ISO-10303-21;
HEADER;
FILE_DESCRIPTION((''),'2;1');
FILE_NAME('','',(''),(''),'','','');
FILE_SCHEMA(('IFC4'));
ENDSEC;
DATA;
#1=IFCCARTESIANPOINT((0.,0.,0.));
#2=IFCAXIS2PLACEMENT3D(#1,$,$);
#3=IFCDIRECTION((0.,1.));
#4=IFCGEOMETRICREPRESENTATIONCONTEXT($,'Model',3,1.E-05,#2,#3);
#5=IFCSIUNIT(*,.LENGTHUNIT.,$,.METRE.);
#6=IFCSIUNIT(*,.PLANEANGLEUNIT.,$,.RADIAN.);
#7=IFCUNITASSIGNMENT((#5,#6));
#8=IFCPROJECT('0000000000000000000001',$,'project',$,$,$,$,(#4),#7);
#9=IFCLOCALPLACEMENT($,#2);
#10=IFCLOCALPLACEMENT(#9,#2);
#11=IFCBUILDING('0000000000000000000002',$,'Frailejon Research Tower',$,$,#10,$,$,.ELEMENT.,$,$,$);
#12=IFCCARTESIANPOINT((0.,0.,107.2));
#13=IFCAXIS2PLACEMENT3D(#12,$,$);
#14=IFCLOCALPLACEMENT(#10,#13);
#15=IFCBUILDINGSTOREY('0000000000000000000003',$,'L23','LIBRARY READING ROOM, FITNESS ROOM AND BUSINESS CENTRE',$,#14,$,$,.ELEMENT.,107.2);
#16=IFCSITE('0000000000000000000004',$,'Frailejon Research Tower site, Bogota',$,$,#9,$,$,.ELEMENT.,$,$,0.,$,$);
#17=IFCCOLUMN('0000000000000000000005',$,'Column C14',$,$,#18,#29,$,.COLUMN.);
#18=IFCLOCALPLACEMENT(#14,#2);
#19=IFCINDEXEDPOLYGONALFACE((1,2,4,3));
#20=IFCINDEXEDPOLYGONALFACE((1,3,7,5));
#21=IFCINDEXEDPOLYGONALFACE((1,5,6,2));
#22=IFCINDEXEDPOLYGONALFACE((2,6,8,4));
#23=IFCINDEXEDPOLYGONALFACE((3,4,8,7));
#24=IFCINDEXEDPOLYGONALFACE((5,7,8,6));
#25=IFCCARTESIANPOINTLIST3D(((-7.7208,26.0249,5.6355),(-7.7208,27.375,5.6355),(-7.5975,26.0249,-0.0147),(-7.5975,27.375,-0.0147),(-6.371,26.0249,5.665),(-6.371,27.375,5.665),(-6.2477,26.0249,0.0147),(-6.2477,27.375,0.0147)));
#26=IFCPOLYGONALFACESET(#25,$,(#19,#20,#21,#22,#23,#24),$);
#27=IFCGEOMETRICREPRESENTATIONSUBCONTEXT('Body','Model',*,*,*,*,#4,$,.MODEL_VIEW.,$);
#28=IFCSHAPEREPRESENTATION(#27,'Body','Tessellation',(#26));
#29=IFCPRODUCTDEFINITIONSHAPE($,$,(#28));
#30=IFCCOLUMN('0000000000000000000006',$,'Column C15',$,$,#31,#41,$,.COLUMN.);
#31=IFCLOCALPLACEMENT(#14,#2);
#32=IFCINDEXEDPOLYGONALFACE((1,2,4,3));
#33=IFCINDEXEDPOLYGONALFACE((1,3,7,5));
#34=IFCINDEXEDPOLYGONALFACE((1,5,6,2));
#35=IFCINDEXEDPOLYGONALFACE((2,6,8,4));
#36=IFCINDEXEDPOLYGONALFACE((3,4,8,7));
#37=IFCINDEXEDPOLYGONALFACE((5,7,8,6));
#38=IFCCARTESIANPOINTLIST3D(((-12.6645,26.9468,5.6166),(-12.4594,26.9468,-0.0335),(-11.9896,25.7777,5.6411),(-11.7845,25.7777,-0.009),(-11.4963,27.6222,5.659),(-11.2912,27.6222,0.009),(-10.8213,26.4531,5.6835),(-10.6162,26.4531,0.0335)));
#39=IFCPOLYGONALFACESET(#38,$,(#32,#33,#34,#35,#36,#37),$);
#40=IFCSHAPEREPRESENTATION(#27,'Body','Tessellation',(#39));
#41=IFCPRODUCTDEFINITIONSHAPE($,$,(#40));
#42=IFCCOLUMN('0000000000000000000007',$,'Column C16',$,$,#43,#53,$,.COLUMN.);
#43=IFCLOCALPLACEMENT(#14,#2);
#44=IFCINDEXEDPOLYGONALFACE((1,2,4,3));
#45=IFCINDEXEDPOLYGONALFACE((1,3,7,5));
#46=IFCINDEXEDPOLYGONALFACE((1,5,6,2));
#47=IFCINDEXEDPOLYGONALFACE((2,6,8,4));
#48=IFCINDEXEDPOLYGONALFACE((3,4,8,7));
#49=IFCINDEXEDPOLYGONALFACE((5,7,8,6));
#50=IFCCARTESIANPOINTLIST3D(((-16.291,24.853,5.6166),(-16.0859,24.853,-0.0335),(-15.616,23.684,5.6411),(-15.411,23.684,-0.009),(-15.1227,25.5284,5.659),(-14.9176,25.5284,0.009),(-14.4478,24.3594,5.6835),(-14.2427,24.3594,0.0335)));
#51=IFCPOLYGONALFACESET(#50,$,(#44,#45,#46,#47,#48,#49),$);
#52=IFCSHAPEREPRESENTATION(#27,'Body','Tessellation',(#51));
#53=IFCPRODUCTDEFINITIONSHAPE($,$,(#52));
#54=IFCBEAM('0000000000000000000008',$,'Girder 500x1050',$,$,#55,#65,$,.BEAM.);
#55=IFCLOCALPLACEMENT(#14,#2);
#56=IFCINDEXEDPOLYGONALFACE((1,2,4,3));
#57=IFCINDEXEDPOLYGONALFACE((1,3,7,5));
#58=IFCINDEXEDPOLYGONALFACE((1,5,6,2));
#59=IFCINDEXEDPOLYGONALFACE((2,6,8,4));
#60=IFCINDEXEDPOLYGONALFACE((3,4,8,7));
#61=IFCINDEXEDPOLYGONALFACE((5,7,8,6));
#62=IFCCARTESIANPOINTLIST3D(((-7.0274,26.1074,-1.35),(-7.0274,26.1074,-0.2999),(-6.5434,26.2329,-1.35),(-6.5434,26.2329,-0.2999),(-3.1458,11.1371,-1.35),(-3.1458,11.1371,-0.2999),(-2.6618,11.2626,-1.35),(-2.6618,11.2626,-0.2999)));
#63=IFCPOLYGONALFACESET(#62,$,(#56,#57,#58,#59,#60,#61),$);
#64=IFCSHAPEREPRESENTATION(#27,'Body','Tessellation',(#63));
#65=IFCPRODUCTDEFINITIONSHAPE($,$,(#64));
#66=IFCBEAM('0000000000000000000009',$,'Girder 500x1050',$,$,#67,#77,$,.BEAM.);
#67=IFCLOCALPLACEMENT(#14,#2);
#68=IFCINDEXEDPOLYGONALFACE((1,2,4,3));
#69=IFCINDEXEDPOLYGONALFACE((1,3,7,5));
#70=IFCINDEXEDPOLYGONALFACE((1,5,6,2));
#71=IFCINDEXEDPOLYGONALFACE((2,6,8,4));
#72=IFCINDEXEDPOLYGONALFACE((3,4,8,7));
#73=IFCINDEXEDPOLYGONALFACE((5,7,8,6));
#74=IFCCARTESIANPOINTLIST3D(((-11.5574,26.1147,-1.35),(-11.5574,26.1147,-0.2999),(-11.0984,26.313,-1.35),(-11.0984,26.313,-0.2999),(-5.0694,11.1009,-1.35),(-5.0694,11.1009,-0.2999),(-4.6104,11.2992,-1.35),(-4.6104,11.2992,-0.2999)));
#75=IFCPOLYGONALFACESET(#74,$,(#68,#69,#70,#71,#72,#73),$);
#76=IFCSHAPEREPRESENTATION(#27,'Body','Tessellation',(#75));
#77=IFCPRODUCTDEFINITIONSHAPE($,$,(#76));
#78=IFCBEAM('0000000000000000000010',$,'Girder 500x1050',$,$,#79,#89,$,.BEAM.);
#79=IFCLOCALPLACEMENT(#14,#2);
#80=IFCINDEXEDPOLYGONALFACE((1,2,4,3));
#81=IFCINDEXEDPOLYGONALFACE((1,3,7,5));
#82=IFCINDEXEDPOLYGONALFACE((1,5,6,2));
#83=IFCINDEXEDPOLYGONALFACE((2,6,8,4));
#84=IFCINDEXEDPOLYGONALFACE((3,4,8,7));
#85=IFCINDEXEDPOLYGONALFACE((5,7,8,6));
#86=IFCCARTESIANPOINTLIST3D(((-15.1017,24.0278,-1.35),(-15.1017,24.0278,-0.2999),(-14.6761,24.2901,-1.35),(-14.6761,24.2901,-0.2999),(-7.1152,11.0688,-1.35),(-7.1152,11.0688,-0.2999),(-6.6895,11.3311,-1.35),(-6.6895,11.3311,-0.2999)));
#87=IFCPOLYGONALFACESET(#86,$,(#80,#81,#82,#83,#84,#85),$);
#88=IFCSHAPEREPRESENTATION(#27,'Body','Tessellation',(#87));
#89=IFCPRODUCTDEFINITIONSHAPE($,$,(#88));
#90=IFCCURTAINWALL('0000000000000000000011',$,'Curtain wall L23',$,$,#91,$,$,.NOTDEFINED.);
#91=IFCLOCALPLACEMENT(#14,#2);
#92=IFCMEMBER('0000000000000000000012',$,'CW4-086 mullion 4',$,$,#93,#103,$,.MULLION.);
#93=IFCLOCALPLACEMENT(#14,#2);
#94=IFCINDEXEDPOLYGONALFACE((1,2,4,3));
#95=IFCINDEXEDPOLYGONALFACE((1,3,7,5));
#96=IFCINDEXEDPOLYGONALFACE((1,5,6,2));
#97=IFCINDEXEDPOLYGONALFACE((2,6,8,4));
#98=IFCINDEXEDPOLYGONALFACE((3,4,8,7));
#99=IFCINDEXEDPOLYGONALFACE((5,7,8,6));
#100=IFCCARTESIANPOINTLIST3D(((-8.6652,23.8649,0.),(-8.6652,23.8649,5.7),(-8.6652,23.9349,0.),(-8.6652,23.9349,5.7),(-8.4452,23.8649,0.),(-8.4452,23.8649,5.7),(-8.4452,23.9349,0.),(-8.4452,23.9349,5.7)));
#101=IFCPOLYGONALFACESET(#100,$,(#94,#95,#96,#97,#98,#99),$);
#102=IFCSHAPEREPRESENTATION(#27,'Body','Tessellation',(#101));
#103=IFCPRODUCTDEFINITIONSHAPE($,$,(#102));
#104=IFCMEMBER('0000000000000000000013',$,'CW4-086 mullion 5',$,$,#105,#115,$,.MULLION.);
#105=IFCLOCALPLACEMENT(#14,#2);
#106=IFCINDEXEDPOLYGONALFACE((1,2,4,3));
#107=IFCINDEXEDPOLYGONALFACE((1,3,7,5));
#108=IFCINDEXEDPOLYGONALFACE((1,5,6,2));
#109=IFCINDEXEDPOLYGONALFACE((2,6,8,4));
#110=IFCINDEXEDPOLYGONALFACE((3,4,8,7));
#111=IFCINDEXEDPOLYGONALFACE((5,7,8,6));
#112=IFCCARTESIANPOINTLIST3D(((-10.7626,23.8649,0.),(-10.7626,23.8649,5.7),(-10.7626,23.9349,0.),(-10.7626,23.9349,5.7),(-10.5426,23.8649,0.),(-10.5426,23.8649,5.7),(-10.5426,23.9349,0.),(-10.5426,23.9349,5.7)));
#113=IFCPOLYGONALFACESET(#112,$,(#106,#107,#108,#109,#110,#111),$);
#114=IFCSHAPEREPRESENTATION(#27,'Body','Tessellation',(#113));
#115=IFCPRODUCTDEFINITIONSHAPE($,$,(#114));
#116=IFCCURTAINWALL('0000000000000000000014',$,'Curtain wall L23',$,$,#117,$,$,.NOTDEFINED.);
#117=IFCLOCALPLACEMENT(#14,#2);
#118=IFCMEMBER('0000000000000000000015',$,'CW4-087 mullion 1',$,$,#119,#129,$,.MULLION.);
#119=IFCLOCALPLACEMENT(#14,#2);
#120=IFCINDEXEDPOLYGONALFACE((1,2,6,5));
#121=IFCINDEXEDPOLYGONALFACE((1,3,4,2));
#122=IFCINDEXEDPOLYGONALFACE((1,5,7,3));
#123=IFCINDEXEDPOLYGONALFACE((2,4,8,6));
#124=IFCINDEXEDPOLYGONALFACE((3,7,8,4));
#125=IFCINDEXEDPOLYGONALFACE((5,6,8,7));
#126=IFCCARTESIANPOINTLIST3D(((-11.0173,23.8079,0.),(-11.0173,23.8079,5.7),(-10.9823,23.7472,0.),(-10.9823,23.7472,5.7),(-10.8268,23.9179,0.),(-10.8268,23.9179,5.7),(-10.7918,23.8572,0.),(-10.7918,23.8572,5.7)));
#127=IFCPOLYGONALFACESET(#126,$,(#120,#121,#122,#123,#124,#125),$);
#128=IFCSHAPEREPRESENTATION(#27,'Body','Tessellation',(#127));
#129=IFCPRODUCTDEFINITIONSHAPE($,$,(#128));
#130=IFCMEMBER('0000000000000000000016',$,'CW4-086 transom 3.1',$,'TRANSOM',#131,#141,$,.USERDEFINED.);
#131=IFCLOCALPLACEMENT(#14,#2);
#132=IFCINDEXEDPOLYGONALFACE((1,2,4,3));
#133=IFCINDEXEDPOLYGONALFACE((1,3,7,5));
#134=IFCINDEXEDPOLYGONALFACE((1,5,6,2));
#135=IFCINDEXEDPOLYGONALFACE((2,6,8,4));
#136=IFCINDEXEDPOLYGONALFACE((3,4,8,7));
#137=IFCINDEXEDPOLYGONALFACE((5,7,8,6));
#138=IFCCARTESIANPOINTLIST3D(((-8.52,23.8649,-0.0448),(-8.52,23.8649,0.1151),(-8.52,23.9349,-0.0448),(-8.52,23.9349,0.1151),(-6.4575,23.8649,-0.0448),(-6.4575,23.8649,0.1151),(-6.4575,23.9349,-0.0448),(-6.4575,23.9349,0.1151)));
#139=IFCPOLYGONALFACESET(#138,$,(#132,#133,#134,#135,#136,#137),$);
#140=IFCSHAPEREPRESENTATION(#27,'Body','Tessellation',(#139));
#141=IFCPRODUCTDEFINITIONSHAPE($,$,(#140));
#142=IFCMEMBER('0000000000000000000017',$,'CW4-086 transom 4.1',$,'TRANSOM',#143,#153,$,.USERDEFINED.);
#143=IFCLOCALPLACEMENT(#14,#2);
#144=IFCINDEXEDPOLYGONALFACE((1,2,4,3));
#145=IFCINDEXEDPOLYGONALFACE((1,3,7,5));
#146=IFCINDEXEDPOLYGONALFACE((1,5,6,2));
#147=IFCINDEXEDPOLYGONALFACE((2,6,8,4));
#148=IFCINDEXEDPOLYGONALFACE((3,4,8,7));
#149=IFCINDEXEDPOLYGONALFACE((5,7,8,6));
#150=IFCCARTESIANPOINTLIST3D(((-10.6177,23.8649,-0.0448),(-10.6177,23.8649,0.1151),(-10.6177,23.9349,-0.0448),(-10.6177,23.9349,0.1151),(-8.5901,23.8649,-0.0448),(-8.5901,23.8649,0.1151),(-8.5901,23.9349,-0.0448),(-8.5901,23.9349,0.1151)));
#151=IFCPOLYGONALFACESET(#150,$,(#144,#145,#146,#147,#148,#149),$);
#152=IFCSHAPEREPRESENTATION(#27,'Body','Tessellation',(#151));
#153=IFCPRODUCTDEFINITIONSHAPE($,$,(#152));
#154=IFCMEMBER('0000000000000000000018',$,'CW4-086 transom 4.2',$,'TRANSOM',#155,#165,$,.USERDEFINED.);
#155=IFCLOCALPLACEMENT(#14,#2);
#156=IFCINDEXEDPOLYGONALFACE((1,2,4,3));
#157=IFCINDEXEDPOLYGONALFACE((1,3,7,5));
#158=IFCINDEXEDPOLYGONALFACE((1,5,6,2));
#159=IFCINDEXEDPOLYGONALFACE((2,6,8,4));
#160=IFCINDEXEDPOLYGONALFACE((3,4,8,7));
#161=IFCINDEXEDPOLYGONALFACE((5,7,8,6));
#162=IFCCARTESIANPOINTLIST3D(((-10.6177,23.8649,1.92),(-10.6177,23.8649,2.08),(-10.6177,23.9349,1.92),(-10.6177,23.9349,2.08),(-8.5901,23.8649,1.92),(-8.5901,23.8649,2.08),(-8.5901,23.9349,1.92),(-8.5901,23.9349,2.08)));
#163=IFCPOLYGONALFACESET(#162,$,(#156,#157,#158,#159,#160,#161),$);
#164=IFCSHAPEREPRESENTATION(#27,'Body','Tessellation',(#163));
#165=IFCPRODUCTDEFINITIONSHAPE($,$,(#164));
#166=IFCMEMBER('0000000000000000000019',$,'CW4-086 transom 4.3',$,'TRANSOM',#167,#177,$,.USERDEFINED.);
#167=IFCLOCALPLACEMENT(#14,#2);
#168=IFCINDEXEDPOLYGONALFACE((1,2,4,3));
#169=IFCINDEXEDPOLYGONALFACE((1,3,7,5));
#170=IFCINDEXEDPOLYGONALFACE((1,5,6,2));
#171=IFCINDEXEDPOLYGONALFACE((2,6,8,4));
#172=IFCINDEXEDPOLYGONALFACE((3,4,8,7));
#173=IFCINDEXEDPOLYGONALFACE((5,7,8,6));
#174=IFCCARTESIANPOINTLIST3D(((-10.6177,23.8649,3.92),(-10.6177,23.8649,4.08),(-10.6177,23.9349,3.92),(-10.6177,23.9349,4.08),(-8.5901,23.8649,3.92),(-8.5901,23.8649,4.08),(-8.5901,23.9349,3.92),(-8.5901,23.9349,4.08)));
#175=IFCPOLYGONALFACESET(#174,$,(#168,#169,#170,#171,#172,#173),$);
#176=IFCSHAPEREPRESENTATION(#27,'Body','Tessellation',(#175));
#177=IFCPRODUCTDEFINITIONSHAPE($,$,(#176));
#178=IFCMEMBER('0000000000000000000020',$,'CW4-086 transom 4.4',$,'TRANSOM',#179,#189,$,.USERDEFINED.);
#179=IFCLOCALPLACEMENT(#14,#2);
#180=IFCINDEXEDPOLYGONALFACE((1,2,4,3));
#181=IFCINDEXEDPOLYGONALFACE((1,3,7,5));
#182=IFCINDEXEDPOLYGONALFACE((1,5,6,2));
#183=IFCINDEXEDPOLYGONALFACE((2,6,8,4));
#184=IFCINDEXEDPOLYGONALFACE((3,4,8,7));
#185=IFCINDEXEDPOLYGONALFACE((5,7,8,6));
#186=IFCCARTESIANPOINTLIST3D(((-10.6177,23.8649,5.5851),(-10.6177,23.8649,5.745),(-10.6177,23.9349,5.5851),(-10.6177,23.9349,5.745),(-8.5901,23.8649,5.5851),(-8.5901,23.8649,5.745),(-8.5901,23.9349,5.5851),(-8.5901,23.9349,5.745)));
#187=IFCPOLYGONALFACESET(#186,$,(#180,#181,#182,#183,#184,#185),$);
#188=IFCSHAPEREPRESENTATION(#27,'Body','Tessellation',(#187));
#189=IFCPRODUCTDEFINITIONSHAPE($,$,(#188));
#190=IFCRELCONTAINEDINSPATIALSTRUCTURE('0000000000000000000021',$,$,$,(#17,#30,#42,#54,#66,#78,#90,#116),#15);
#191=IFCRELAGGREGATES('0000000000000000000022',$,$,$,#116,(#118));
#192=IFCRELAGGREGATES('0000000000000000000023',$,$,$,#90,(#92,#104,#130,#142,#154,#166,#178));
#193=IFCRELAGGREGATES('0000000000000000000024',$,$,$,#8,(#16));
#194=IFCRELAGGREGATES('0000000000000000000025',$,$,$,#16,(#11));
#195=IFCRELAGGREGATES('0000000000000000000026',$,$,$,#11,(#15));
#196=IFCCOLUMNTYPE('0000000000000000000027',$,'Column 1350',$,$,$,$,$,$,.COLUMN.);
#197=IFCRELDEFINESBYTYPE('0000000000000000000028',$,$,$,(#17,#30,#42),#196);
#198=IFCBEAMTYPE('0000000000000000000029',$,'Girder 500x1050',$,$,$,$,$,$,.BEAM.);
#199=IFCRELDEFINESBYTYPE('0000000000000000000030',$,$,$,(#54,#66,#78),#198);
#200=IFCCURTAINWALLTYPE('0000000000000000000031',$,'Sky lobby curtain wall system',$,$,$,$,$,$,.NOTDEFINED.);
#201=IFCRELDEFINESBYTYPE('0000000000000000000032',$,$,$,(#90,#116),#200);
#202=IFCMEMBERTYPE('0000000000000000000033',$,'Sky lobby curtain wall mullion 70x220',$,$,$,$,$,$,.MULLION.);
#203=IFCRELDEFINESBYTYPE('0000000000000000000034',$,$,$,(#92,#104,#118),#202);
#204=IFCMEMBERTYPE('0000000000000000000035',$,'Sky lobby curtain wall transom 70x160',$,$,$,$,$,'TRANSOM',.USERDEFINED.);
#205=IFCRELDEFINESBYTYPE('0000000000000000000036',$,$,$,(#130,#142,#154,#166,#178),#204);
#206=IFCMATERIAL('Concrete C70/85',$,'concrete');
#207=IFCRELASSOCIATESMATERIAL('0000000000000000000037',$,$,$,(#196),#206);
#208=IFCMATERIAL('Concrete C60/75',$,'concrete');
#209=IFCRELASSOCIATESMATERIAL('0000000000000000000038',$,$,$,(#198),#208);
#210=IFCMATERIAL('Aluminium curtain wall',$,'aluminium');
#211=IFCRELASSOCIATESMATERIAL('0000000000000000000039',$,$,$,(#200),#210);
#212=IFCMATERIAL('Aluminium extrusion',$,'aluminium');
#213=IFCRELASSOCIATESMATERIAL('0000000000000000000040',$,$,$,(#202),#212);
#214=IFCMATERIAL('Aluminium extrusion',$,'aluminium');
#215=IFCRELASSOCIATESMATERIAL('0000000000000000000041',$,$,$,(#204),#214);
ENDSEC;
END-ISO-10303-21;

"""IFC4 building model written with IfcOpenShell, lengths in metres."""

from ifc_helpers import new_model, si_unit, direction, frame, origin, origin_2d, place, context, subcontext, project, spatial, rectangle, extrude, material, material_profile, profile_set, type_object, element, aggregate, save


model = new_model("IFC4")

# Units and contexts
model_context = context("Model", 3, precision=1e-05, world=origin(), true_north=direction((0.0, 1.0)))
body_context = subcontext(model_context, "Body", "Model", "MODEL_VIEW")
ifc_project = project(units=[si_unit("LENGTHUNIT", "METRE"), si_unit("PLANEANGLEUNIT", "RADIAN")], contexts=[model_context])

# Site, building, storey
site_placement = place(None, origin())
site = spatial("IfcSite", under=ifc_project, at=site_placement, Name="Frailejon Research Tower site, Bogota", CompositionType="ELEMENT", RefElevation=0.0)
building_placement = place(site_placement, origin())
building = spatial("IfcBuilding", under=site, at=building_placement, Name="Frailejon Research Tower", CompositionType="ELEMENT")
storey_placement = place(building_placement, frame((0.0, 0.0, 107.2)))
storey = spatial("IfcBuildingStorey", under=building, at=storey_placement, Name="L23", Description="LIBRARY READING ROOM, FITNESS ROOM AND BUSINESS CENTRE", CompositionType="ELEMENT", Elevation=107.2)

# Columns
ifc_material_1 = material(Name="Concrete C70/85", Category="concrete")
ifc_material_profile_1 = material_profile(ifc_material_1, rectangle(XDim=1.3501, YDim=1.3501, at=origin_2d()), Name="Column 1350")
ifc_profile_set_1 = profile_set([ifc_material_profile_1], Name="Concrete C70/85")
column_type = type_object("IfcColumnType", Name="Column 1350", PredefinedType="COLUMN", material=ifc_profile_set_1)
column_placement = place(storey_placement, frame((-6.9226, 26.7, 0.0), z_axis=(-0.021816, 0.0, 0.999762), x_axis=(-0.999762, 0.0, -0.021816)))
element("IfcColumn", 1, at=column_placement, inside=storey, type_object=column_type, Name="Column C14", PredefinedType="COLUMN", context=body_context, shape_type="SweptSolid", body=[
    extrude(rectangle(XDim=1.3501, YDim=1.3501, at=origin_2d()), origin(), (0.0, 0.0, 1.0), 5.6516),
])
for number, where, z_axis, x_axis, name in (
    (2, (-11.5378, 26.7, 0.0), (-0.036272, 0.0, 0.999342), (-0.865313, -0.500246, -0.031407), "Column C15"),
    (3, (-15.1643, 24.6062, 0.0), (-0.036272, 0.0, 0.999342), (-0.865313, -0.500246, -0.031407), "Column C16"),
):
    element("IfcColumn", number, at=place(storey_placement, frame(where, z_axis=z_axis, x_axis=x_axis)), inside=storey, type_object=column_type, Name=name, PredefinedType="COLUMN", context=body_context, shape_type="SweptSolid", body=[
        extrude(rectangle(XDim=1.3501, YDim=1.3501, at=origin_2d()), origin(), (0.0, 0.0, 1.0), 5.6538),
    ])

# Beams
ifc_material_2 = material(Name="Concrete C60/75", Category="concrete")
ifc_material_profile_2 = material_profile(ifc_material_2, rectangle(XDim=0.5, YDim=1.05, at=origin_2d()), Name="Girder 500x1050")
ifc_profile_set_2 = profile_set([ifc_material_profile_2], Name="Concrete C60/75")
beam_type_1 = type_object("IfcBeamType", Name="Girder 500x1050", PredefinedType="BEAM", material=ifc_profile_set_2)
beam_1_placement = place(storey_placement, frame((-6.7854, 26.1702, -0.825), z_axis=(0.250988, -0.96799, 0.0), x_axis=(0.96799, 0.250988, 0.0)))
element("IfcBeam", 4, at=beam_1_placement, inside=storey, type_object=beam_type_1, Name="Girder 500x1050", PredefinedType="BEAM", context=body_context, shape_type="SweptSolid", body=[
    extrude(rectangle(XDim=0.5, YDim=1.05, at=origin_2d()), origin(), (0.0, 0.0, 1.0), 15.4653),
])
beam_2_placement = place(storey_placement, frame((-11.3279, 26.2139, -0.825), z_axis=(0.396681, -0.917957, 0.0), x_axis=(0.917957, 0.396681, 0.0)))
element("IfcBeam", 5, at=beam_2_placement, inside=storey, type_object=beam_type_1, Name="Girder 500x1050", PredefinedType="BEAM", context=body_context, shape_type="SweptSolid", body=[
    extrude(rectangle(XDim=0.5, YDim=1.05, at=origin_2d()), origin(), (0.0, 0.0, 1.0), 16.3557),
])
beam_3_placement = place(storey_placement, frame((-14.8889, 24.1589, -0.825), z_axis=(0.52466, -0.851312, 0.0), x_axis=(0.851312, 0.52466, 0.0)))
element("IfcBeam", 6, at=beam_3_placement, inside=storey, type_object=beam_type_1, Name="Girder 500x1050", PredefinedType="BEAM", context=body_context, shape_type="SweptSolid", body=[
    extrude(rectangle(XDim=0.5, YDim=1.05, at=origin_2d()), origin(), (0.0, 0.0, 1.0), 15.2224),
])

# Curtain wall, members
ifc_material_3 = material(Name="Aluminium curtain wall", Category="aluminium")
curtain_wall_type = type_object("IfcCurtainWallType", Name="Sky lobby curtain wall system", PredefinedType="NOTDEFINED", material=ifc_material_3)
curtain_wall_1_placement = place(storey_placement, origin())
curtain_wall_1 = element("IfcCurtainWall", 7, at=curtain_wall_1_placement, inside=storey, type_object=curtain_wall_type, Name="Curtain wall L23", PredefinedType="NOTDEFINED")
ifc_material_4 = material(Name="Aluminium extrusion", Category="aluminium")
ifc_material_profile_3 = material_profile(ifc_material_4, rectangle(XDim=0.0701, YDim=0.22, at=origin_2d()), Name="Sky lobby curtain wall mullion 70x220")
ifc_profile_set_3 = profile_set([ifc_material_profile_3], Name="Aluminium extrusion")
member_type_1 = type_object("IfcMemberType", Name="Sky lobby curtain wall mullion 70x220", PredefinedType="MULLION", material=ifc_profile_set_3)
member_1_placement = place(storey_placement, frame((-8.5552, 23.8999, 0.0), z_axis=(0.0, 0.0, 1.0), x_axis=(0.0, -1.0, 0.0)))
member_1 = element("IfcMember", 8, at=member_1_placement, type_object=member_type_1, Name="CW4-086 mullion 4", PredefinedType="MULLION", context=body_context, shape_type="SweptSolid", body=[
    extrude(rectangle(XDim=0.0701, YDim=0.22, at=origin_2d()), origin(), (0.0, 0.0, 1.0), 5.7),
])
member_2_placement = place(storey_placement, frame((-10.6526, 23.8999, 0.0), z_axis=(0.0, 0.0, 1.0), x_axis=(0.0, -1.0, 0.0)))
member_2 = element("IfcMember", 9, at=member_2_placement, type_object=member_type_1, Name="CW4-086 mullion 5", PredefinedType="MULLION", context=body_context, shape_type="SweptSolid", body=[
    extrude(rectangle(XDim=0.0701, YDim=0.22, at=origin_2d()), origin(), (0.0, 0.0, 1.0), 5.7),
])

# Curtain wall, member
curtain_wall_2_placement = place(storey_placement, origin())
curtain_wall_2 = element("IfcCurtainWall", 10, at=curtain_wall_2_placement, inside=storey, type_object=curtain_wall_type, Name="Curtain wall L23", PredefinedType="NOTDEFINED")
member_3_placement = place(storey_placement, frame((-10.9045, 23.8325, 0.0), z_axis=(0.0, 0.0, 1.0), x_axis=(0.499998, -0.866026, 0.0)))
member_3 = element("IfcMember", 11, at=member_3_placement, type_object=member_type_1, Name="CW4-087 mullion 1", PredefinedType="MULLION", context=body_context, shape_type="SweptSolid", body=[
    extrude(rectangle(XDim=0.0701, YDim=0.22, at=origin_2d()), origin(), (0.0, 0.0, 1.0), 5.7),
])
aggregate(curtain_wall_2, [member_3])

# Members
ifc_material_5 = material(Name="Aluminium extrusion", Category="aluminium")
ifc_material_profile_4 = material_profile(ifc_material_5, rectangle(XDim=0.0701, YDim=0.1599, at=origin_2d()), Name="Sky lobby curtain wall transom 70x160")
ifc_profile_set_4 = profile_set([ifc_material_profile_4], Name="Aluminium extrusion")
member_type_2 = type_object("IfcMemberType", Name="Sky lobby curtain wall transom 70x160", ElementType="TRANSOM", PredefinedType="USERDEFINED", material=ifc_profile_set_4)
member_4_placement = place(storey_placement, frame((-6.4575, 23.8999, 0.0352), z_axis=(-1.0, 0.0, 0.0), x_axis=(0.0, -1.0, 0.0)))
member_4 = element("IfcMember", 12, at=member_4_placement, type_object=member_type_2, Name="CW4-086 transom 3.1", ObjectType="TRANSOM", PredefinedType="USERDEFINED", context=body_context, shape_type="SweptSolid", body=[
    extrude(rectangle(XDim=0.0701, YDim=0.1599, at=origin_2d()), origin(), (0.0, 0.0, 1.0), 2.0625),
])
member_5_placement = place(storey_placement, frame((-8.5901, 23.8999, 0.0352), z_axis=(-1.0, 0.0, 0.0), x_axis=(0.0, -1.0, 0.0)))
member_5 = element("IfcMember", 13, at=member_5_placement, type_object=member_type_2, Name="CW4-086 transom 4.1", ObjectType="TRANSOM", PredefinedType="USERDEFINED", context=body_context, shape_type="SweptSolid", body=[
    extrude(rectangle(XDim=0.0701, YDim=0.1599, at=origin_2d()), origin(), (0.0, 0.0, 1.0), 2.0276),
])
member_6_placement = place(storey_placement, frame((-8.5901, 23.8999, 2.0), z_axis=(-1.0, 0.0, 0.0), x_axis=(0.0, -1.0, 0.0)))
member_6 = element("IfcMember", 14, at=member_6_placement, type_object=member_type_2, Name="CW4-086 transom 4.2", ObjectType="TRANSOM", PredefinedType="USERDEFINED", context=body_context, shape_type="SweptSolid", body=[
    extrude(rectangle(XDim=0.0701, YDim=0.1599, at=origin_2d()), origin(), (0.0, 0.0, 1.0), 2.0276),
])
member_7_placement = place(storey_placement, frame((-8.5901, 23.8999, 4.0), z_axis=(-1.0, 0.0, 0.0), x_axis=(0.0, -1.0, 0.0)))
member_7 = element("IfcMember", 15, at=member_7_placement, type_object=member_type_2, Name="CW4-086 transom 4.3", ObjectType="TRANSOM", PredefinedType="USERDEFINED", context=body_context, shape_type="SweptSolid", body=[
    extrude(rectangle(XDim=0.0701, YDim=0.1599, at=origin_2d()), origin(), (0.0, 0.0, 1.0), 2.0276),
])
member_8_placement = place(storey_placement, frame((-8.5901, 23.8999, 5.665), z_axis=(-1.0, 0.0, 0.0), x_axis=(0.0, -1.0, 0.0)))
member_8 = element("IfcMember", 16, at=member_8_placement, type_object=member_type_2, Name="CW4-086 transom 4.4", ObjectType="TRANSOM", PredefinedType="USERDEFINED", context=body_context, shape_type="SweptSolid", body=[
    extrude(rectangle(XDim=0.0701, YDim=0.1599, at=origin_2d()), origin(), (0.0, 0.0, 1.0), 2.0276),
])

aggregate(curtain_wall_1, [member_1, member_2, member_4, member_5, member_6, member_7, member_8])

save(model, "model.ifc")
